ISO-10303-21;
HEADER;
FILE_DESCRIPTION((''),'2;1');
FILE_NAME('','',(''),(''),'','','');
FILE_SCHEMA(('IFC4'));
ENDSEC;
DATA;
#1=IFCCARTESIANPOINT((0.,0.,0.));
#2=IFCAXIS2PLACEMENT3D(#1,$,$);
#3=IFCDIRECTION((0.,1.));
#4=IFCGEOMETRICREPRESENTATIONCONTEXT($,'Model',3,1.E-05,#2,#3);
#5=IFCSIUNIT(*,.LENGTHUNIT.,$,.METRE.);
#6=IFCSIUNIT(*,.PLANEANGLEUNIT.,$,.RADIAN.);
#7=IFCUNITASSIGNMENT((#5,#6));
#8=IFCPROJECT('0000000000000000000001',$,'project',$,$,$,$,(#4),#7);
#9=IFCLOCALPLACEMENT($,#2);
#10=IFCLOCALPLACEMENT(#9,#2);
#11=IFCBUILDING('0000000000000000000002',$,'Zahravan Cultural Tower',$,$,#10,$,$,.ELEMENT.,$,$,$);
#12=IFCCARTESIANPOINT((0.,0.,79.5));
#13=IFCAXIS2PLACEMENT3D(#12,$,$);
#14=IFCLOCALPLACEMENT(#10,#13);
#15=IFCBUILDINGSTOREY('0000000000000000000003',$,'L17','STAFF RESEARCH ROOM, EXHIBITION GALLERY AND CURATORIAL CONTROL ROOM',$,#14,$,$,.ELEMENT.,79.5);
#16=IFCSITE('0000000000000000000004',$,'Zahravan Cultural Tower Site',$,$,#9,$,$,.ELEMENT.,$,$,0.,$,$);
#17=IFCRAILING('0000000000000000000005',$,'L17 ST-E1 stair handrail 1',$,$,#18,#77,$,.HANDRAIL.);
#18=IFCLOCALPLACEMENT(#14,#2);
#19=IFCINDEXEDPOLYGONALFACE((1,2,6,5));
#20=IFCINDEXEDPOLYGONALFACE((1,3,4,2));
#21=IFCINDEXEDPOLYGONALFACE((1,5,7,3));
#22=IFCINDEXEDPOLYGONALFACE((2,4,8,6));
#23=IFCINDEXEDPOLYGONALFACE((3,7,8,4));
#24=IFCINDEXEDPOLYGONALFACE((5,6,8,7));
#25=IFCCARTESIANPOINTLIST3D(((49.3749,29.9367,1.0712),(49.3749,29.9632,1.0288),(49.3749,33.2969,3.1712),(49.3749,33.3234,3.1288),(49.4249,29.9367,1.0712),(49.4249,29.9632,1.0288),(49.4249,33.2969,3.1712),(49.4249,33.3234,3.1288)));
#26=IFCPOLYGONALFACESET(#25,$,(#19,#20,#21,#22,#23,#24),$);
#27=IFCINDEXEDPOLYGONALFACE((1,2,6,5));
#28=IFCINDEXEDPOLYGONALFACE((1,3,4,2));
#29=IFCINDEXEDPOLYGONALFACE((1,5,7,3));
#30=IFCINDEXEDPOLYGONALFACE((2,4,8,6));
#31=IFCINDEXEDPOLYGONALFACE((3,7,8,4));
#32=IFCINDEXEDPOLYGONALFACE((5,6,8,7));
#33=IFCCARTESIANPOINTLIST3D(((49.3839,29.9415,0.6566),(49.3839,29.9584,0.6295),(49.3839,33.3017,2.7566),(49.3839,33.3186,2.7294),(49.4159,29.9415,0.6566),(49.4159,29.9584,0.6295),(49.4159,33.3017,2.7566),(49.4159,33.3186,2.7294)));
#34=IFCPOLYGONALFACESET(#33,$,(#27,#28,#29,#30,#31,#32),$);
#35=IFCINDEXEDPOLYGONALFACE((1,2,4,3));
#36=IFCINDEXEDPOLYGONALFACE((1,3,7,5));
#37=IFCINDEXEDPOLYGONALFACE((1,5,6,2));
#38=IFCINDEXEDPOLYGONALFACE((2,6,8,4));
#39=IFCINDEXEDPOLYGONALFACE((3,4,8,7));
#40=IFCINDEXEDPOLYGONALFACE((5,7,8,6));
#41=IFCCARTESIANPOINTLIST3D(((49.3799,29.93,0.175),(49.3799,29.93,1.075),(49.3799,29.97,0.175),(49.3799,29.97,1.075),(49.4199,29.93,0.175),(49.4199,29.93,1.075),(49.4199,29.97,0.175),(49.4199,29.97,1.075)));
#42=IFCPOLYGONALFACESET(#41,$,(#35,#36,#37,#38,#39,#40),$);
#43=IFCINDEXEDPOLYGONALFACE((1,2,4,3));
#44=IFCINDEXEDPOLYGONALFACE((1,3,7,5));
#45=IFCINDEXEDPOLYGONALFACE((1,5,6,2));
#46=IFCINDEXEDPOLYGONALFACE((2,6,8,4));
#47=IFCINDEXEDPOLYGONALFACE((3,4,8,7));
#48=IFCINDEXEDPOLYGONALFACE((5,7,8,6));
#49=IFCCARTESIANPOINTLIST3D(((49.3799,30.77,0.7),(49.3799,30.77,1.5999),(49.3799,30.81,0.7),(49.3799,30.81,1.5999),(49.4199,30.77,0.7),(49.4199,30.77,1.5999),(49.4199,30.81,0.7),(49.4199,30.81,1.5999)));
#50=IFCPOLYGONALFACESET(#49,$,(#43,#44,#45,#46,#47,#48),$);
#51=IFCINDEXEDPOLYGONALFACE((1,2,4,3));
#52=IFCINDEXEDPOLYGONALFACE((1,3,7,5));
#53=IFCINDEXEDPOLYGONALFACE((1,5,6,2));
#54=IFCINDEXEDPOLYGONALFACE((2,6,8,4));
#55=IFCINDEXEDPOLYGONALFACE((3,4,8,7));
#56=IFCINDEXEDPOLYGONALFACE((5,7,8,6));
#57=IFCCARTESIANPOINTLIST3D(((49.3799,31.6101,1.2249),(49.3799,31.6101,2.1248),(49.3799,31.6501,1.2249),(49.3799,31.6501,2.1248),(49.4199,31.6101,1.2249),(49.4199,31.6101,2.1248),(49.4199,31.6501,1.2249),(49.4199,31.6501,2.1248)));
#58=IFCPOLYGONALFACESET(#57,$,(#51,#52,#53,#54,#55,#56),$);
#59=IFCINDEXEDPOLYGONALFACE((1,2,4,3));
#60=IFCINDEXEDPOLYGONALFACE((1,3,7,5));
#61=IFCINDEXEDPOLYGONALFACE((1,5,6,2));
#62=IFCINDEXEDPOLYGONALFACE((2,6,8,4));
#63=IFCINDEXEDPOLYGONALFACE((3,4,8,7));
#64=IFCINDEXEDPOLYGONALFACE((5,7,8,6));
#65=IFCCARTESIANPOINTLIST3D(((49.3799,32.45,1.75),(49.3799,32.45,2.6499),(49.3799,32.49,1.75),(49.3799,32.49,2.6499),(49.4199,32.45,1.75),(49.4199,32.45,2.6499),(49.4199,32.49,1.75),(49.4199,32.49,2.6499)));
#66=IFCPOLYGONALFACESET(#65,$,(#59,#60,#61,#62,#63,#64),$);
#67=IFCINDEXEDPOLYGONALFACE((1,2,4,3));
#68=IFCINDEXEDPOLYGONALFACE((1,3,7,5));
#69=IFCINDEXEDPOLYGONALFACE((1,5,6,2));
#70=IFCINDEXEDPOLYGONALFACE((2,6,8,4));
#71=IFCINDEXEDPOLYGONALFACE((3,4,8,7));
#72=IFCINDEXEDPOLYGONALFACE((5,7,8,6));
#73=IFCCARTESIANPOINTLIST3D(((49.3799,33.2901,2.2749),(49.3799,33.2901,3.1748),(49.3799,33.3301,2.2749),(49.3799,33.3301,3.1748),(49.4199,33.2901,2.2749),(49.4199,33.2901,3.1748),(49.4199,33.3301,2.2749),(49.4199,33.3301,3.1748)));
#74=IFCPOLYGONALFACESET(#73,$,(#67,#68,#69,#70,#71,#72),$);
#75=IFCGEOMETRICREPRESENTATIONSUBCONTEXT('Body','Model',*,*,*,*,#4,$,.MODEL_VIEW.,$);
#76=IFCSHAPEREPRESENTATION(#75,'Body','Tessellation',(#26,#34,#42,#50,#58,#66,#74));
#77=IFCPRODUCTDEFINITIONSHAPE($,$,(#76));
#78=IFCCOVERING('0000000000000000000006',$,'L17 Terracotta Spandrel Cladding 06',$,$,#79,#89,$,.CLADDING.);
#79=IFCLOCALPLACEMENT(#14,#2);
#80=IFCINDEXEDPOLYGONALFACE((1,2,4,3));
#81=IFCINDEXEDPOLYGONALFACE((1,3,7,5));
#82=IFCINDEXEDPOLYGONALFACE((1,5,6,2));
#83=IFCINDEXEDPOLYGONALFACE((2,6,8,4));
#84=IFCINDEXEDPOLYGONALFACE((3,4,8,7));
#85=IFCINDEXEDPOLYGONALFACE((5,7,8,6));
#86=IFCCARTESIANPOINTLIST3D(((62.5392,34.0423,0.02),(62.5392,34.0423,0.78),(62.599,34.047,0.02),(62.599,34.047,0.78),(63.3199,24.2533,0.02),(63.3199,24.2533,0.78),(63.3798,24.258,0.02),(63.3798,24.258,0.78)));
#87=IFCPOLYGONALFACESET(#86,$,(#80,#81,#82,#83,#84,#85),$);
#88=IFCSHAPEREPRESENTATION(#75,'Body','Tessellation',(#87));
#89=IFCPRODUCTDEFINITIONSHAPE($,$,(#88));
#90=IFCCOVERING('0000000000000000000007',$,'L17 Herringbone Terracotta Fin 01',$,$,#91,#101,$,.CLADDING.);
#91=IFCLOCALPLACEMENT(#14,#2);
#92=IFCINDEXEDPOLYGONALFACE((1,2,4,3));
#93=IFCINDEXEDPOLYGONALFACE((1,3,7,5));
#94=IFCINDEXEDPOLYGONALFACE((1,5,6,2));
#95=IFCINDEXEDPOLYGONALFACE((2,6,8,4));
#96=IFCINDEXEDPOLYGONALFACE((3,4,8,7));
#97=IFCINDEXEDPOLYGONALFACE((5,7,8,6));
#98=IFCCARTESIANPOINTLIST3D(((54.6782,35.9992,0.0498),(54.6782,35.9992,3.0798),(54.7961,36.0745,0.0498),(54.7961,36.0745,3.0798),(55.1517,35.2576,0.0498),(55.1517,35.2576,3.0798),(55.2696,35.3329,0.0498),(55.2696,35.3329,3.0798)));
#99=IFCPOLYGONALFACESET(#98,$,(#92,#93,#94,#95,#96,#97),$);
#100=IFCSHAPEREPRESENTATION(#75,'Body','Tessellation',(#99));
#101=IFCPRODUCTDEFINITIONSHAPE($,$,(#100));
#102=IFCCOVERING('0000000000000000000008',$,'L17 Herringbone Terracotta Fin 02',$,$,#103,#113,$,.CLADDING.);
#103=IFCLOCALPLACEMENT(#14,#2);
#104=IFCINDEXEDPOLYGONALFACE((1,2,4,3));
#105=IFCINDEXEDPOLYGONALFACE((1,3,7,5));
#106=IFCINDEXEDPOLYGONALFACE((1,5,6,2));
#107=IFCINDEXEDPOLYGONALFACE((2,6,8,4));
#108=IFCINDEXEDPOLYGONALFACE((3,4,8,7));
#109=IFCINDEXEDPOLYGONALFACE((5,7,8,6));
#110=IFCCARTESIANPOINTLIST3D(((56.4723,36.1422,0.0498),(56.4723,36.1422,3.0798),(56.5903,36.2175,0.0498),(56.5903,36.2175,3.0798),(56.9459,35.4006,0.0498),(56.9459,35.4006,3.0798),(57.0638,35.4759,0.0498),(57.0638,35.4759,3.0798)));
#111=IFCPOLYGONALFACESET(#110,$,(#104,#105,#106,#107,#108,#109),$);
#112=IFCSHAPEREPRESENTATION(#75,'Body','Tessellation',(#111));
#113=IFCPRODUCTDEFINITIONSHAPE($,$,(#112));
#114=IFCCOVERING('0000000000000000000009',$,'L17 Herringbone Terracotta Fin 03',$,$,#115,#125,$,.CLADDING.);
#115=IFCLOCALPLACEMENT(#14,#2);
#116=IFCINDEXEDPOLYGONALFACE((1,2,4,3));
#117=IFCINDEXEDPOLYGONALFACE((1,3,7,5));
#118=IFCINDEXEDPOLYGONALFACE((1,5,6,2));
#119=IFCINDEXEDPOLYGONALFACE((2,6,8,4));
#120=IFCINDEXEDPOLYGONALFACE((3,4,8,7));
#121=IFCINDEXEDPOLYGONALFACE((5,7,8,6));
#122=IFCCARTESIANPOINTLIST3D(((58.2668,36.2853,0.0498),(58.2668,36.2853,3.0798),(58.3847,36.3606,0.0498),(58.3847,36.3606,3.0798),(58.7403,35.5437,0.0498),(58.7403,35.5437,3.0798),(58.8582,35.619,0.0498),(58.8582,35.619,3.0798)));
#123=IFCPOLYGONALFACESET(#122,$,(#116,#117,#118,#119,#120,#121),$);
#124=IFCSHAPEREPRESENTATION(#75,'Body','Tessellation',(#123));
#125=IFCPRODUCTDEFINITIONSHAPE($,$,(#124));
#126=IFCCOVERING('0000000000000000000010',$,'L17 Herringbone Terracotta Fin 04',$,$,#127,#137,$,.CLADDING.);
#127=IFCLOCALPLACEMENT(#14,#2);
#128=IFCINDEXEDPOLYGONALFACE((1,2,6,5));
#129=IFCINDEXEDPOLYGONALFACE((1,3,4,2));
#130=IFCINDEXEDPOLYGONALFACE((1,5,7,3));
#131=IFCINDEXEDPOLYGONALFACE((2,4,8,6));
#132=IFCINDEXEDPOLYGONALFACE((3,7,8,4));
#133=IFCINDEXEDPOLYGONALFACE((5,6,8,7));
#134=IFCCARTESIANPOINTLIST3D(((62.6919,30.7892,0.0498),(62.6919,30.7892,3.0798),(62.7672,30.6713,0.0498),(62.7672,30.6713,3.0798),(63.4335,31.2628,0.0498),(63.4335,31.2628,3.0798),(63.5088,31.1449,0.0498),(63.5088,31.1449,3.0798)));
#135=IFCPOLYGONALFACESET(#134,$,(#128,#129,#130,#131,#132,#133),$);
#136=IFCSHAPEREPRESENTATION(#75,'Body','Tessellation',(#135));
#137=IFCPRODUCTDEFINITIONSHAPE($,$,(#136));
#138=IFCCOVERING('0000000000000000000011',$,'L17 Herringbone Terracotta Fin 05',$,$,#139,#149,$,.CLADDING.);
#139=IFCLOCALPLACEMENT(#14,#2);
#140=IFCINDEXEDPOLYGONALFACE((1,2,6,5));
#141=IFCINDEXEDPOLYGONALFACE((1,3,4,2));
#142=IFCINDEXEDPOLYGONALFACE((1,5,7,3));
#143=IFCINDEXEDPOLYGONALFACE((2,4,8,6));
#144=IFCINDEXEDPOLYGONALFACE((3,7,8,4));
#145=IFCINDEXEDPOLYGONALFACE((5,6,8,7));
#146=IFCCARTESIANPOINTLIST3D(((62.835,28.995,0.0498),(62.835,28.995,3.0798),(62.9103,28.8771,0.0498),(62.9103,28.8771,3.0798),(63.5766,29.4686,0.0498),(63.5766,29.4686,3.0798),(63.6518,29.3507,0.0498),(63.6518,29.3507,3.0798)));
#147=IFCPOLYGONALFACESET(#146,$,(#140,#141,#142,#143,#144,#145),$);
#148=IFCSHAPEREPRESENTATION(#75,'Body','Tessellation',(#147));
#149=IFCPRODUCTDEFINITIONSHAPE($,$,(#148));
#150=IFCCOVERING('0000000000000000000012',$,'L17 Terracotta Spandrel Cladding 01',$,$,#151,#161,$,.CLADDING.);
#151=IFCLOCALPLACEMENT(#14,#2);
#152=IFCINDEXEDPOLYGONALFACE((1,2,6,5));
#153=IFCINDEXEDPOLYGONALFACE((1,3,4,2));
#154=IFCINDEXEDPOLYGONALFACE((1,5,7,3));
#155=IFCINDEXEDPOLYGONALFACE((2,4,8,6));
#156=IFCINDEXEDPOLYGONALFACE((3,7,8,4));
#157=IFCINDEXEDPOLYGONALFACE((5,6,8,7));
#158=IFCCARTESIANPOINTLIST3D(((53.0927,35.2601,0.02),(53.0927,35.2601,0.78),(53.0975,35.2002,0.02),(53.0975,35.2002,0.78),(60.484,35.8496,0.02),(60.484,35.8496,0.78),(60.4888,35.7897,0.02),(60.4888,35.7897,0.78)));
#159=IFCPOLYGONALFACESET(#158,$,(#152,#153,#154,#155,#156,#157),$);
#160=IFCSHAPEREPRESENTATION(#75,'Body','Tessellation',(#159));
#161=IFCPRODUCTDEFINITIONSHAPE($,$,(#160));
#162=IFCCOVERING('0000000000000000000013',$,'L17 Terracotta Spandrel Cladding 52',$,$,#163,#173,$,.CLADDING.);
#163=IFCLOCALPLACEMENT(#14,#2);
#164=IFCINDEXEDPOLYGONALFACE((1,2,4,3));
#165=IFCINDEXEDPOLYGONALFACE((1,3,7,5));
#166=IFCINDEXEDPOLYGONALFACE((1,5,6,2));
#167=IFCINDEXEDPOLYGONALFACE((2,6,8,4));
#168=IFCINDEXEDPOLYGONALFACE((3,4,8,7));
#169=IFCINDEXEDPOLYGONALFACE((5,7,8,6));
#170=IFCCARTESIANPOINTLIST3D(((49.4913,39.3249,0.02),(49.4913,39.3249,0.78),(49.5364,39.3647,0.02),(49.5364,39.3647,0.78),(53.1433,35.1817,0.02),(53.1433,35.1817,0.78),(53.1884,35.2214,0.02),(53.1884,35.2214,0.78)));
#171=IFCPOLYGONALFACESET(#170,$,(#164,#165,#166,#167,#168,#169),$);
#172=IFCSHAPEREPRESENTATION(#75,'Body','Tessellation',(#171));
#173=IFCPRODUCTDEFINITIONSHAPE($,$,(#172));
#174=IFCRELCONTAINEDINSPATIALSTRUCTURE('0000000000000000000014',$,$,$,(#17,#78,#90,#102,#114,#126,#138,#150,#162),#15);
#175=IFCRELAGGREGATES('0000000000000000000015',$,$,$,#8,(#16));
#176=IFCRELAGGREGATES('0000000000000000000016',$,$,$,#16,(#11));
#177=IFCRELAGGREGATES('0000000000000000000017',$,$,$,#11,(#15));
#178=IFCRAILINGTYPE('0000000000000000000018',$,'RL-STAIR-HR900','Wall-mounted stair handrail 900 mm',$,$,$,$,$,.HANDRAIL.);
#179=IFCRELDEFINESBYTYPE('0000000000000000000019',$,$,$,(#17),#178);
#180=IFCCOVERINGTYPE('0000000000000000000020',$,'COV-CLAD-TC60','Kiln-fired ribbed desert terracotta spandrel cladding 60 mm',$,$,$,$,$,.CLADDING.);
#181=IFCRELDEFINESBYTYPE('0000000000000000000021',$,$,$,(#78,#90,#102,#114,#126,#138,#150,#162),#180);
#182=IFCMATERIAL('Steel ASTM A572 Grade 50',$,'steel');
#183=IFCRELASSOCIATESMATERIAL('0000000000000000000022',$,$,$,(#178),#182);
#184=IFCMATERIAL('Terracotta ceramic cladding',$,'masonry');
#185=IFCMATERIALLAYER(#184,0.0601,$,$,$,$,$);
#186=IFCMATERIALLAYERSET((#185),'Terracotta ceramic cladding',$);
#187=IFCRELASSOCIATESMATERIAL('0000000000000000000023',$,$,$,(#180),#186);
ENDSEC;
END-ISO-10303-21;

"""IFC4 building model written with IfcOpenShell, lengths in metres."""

from ifc_helpers import new_model, si_unit, direction, frame, origin, origin_2d, place, context, subcontext, project, spatial, rectangle, extrude, source, transform, mapped, material, layer, layer_set, type_object, element, save


model = new_model("IFC4")

# Units and contexts
model_context = context("Model", 3, precision=1e-05, world=origin(), true_north=direction((0.0, 1.0)))
body_context = subcontext(model_context, "Body", "Model", "MODEL_VIEW")
ifc_project = project(units=[si_unit("LENGTHUNIT", "METRE"), si_unit("PLANEANGLEUNIT", "RADIAN")], contexts=[model_context])

# Site, building, storey
site_placement = place(None, origin())
site = spatial("IfcSite", under=ifc_project, at=site_placement, Name="Zahravan Cultural Tower Site", CompositionType="ELEMENT", RefElevation=0.0)
building_placement = place(site_placement, origin())
building = spatial("IfcBuilding", under=site, at=building_placement, Name="Zahravan Cultural Tower", CompositionType="ELEMENT")
storey_placement = place(building_placement, frame((0.0, 0.0, 79.5)))
storey = spatial("IfcBuildingStorey", under=building, at=storey_placement, Name="L17", Description="STAFF RESEARCH ROOM, EXHIBITION GALLERY AND CURATORIAL CONTROL ROOM", CompositionType="ELEMENT", Elevation=79.5)

# Railing
ifc_material_1 = material(Name="Steel ASTM A572 Grade 50", Category="steel")
railing_type = type_object("IfcRailingType", Name="RL-STAIR-HR900", Description="Wall-mounted stair handrail 900 mm", PredefinedType="HANDRAIL", material=ifc_material_1)
railing_placement = place(storey_placement, frame((49.3999, 29.95, 0.175)))
element("IfcRailing", 1, at=railing_placement, inside=storey, type_object=railing_type, Name="L17 ST-E1 stair handrail 1", PredefinedType="HANDRAIL", context=body_context, shape_type="SweptSolid", body=[
    extrude(rectangle(XDim=0.05, YDim=0.05, at=origin_2d()), frame((0.0, 0.0, 0.875), z_axis=(0.0, 0.848023, 0.52996), x_axis=(-1.0, 0.0, 0.0)), (0.0, 0.0, 1.0), 3.9624),
    extrude(rectangle(XDim=0.032, YDim=0.032, at=origin_2d()), frame((0.0, 0.0, 0.468), z_axis=(0.0, 0.848023, 0.52996), x_axis=(-1.0, 0.0, 0.0)), (0.0, 0.0, 1.0), 3.9624),
    extrude(rectangle(XDim=0.04, YDim=0.04, at=origin_2d()), origin(), (0.0, 0.0, 1.0), 0.8999),
    extrude(rectangle(XDim=0.04, YDim=0.04, at=origin_2d()), frame((0.0, 0.8401, 0.5249)), (0.0, 0.0, 1.0), 0.8999),
    extrude(rectangle(XDim=0.04, YDim=0.04, at=origin_2d()), frame((0.0, 1.6802, 1.0498)), (0.0, 0.0, 1.0), 0.8999),
    extrude(rectangle(XDim=0.04, YDim=0.04, at=origin_2d()), frame((0.0, 2.52, 1.575)), (0.0, 0.0, 1.0), 0.8999),
    extrude(rectangle(XDim=0.04, YDim=0.04, at=origin_2d()), frame((0.0, 3.3601, 2.0999)), (0.0, 0.0, 1.0), 0.8999),
])

# Coverings
ifc_material_2 = material(Name="Terracotta ceramic cladding", Category="masonry")
ifc_layer_1 = layer(ifc_material_2, 0.0601)
ifc_layer_set_1 = layer_set([ifc_layer_1], Name="Terracotta ceramic cladding")
covering_type = type_object("IfcCoveringType", Name="COV-CLAD-TC60", Description="Kiln-fired ribbed desert terracotta spandrel cladding 60 mm", PredefinedType="CLADDING", material=ifc_layer_set_1)
shared_shape_1 = source(origin(), body_context, "Body", "SweptSolid", [
    extrude(rectangle(XDim=9.8201, YDim=0.0601, at=origin_2d()), origin(), (0.0, 0.0, 1.0), 0.76),
])
covering_1_placement = place(storey_placement, frame((62.9595, 29.1501, 0.02), z_axis=(0.0, 0.0, 1.0), x_axis=(0.079503, -0.996835, 0.0)))
element("IfcCovering", 2, at=covering_1_placement, inside=storey, type_object=covering_type, Name="L17 Terracotta Spandrel Cladding 06", PredefinedType="CLADDING", context=body_context, shape_type="MappedRepresentation", body=[
    mapped(shared_shape_1, transform((0.0, 0.0, 0.0), x_axis=(1.0, 0.0, 0.0), y_axis=(0.0, 1.0, 0.0), z_axis=(0.0, 0.0, 1.0), scale=1.0)),
])
shared_shape_2 = source(origin(), body_context, "Body", "SweptSolid", [
    extrude(rectangle(XDim=0.8799, YDim=0.1399, at=origin_2d()), origin(), (0.0, 0.0, 1.0), 3.03),
])
for number, where, z_axis, x_axis, name in (
    (3, (54.9739, 35.666, 0.0498), (0.0, 0.0, 1.0), (-0.538183, 0.842828, 0.0), "L17 Herringbone Terracotta Fin 01"),
    (4, (56.7681, 35.8091, 0.0498), (0.0, 0.0, 1.0), (-0.538183, 0.842828, 0.0), "L17 Herringbone Terracotta Fin 02"),
    (5, (58.5625, 35.9521, 0.0498), (0.0, 0.0, 1.0), (-0.538183, 0.842828, 0.0), "L17 Herringbone Terracotta Fin 03"),
    (6, (63.1003, 30.967, 0.0498), (0.0, 0.0, 1.0), (0.842828, 0.538183, 0.0), "L17 Herringbone Terracotta Fin 04"),
    (7, (63.2434, 29.1729, 0.0498), (0.0, 0.0, 1.0), (0.842828, 0.538183, 0.0), "L17 Herringbone Terracotta Fin 05"),
):
    element("IfcCovering", number, at=place(storey_placement, frame(where, z_axis=z_axis, x_axis=x_axis)), inside=storey, type_object=covering_type, Name=name, PredefinedType="CLADDING", context=body_context, shape_type="MappedRepresentation", body=[
        mapped(shared_shape_2, transform((0.0, 0.0, 0.0), x_axis=(1.0, 0.0, 0.0), y_axis=(0.0, 1.0, 0.0), z_axis=(0.0, 0.0, 1.0), scale=1.0)),
    ])
shared_shape_3 = source(origin(), body_context, "Body", "SweptSolid", [
    extrude(rectangle(XDim=7.4148, YDim=0.0601, at=origin_2d()), origin(), (0.0, 0.0, 1.0), 0.76),
])
covering_2_placement = place(storey_placement, frame((56.7908, 35.5249, 0.02), z_axis=(0.0, 0.0, 1.0), x_axis=(0.996835, 0.079503, 0.0)))
element("IfcCovering", 8, at=covering_2_placement, inside=storey, type_object=covering_type, Name="L17 Terracotta Spandrel Cladding 01", PredefinedType="CLADDING", context=body_context, shape_type="MappedRepresentation", body=[
    mapped(shared_shape_3, transform((0.0, 0.0, 0.0), x_axis=(1.0, 0.0, 0.0), y_axis=(0.0, 1.0, 0.0), z_axis=(0.0, 0.0, 1.0), scale=1.0)),
])
shared_shape_4 = source(origin(), body_context, "Body", "SweptSolid", [
    extrude(rectangle(XDim=5.5229, YDim=0.0601, at=origin_2d()), origin(), (0.0, 0.0, 1.0), 0.76),
])
covering_3_placement = place(storey_placement, frame((51.3398, 37.2732, 0.02), z_axis=(0.0, 0.0, 1.0), x_axis=(0.661233, -0.75018, 0.0)))
element("IfcCovering", 9, at=covering_3_placement, inside=storey, type_object=covering_type, Name="L17 Terracotta Spandrel Cladding 52", PredefinedType="CLADDING", context=body_context, shape_type="MappedRepresentation", body=[
    mapped(shared_shape_4, transform((0.0, 0.0, 0.0), x_axis=(1.0, 0.0, 0.0), y_axis=(0.0, 1.0, 0.0), z_axis=(0.0, 0.0, 1.0), scale=1.0)),
])

save(model, "model.ifc")
